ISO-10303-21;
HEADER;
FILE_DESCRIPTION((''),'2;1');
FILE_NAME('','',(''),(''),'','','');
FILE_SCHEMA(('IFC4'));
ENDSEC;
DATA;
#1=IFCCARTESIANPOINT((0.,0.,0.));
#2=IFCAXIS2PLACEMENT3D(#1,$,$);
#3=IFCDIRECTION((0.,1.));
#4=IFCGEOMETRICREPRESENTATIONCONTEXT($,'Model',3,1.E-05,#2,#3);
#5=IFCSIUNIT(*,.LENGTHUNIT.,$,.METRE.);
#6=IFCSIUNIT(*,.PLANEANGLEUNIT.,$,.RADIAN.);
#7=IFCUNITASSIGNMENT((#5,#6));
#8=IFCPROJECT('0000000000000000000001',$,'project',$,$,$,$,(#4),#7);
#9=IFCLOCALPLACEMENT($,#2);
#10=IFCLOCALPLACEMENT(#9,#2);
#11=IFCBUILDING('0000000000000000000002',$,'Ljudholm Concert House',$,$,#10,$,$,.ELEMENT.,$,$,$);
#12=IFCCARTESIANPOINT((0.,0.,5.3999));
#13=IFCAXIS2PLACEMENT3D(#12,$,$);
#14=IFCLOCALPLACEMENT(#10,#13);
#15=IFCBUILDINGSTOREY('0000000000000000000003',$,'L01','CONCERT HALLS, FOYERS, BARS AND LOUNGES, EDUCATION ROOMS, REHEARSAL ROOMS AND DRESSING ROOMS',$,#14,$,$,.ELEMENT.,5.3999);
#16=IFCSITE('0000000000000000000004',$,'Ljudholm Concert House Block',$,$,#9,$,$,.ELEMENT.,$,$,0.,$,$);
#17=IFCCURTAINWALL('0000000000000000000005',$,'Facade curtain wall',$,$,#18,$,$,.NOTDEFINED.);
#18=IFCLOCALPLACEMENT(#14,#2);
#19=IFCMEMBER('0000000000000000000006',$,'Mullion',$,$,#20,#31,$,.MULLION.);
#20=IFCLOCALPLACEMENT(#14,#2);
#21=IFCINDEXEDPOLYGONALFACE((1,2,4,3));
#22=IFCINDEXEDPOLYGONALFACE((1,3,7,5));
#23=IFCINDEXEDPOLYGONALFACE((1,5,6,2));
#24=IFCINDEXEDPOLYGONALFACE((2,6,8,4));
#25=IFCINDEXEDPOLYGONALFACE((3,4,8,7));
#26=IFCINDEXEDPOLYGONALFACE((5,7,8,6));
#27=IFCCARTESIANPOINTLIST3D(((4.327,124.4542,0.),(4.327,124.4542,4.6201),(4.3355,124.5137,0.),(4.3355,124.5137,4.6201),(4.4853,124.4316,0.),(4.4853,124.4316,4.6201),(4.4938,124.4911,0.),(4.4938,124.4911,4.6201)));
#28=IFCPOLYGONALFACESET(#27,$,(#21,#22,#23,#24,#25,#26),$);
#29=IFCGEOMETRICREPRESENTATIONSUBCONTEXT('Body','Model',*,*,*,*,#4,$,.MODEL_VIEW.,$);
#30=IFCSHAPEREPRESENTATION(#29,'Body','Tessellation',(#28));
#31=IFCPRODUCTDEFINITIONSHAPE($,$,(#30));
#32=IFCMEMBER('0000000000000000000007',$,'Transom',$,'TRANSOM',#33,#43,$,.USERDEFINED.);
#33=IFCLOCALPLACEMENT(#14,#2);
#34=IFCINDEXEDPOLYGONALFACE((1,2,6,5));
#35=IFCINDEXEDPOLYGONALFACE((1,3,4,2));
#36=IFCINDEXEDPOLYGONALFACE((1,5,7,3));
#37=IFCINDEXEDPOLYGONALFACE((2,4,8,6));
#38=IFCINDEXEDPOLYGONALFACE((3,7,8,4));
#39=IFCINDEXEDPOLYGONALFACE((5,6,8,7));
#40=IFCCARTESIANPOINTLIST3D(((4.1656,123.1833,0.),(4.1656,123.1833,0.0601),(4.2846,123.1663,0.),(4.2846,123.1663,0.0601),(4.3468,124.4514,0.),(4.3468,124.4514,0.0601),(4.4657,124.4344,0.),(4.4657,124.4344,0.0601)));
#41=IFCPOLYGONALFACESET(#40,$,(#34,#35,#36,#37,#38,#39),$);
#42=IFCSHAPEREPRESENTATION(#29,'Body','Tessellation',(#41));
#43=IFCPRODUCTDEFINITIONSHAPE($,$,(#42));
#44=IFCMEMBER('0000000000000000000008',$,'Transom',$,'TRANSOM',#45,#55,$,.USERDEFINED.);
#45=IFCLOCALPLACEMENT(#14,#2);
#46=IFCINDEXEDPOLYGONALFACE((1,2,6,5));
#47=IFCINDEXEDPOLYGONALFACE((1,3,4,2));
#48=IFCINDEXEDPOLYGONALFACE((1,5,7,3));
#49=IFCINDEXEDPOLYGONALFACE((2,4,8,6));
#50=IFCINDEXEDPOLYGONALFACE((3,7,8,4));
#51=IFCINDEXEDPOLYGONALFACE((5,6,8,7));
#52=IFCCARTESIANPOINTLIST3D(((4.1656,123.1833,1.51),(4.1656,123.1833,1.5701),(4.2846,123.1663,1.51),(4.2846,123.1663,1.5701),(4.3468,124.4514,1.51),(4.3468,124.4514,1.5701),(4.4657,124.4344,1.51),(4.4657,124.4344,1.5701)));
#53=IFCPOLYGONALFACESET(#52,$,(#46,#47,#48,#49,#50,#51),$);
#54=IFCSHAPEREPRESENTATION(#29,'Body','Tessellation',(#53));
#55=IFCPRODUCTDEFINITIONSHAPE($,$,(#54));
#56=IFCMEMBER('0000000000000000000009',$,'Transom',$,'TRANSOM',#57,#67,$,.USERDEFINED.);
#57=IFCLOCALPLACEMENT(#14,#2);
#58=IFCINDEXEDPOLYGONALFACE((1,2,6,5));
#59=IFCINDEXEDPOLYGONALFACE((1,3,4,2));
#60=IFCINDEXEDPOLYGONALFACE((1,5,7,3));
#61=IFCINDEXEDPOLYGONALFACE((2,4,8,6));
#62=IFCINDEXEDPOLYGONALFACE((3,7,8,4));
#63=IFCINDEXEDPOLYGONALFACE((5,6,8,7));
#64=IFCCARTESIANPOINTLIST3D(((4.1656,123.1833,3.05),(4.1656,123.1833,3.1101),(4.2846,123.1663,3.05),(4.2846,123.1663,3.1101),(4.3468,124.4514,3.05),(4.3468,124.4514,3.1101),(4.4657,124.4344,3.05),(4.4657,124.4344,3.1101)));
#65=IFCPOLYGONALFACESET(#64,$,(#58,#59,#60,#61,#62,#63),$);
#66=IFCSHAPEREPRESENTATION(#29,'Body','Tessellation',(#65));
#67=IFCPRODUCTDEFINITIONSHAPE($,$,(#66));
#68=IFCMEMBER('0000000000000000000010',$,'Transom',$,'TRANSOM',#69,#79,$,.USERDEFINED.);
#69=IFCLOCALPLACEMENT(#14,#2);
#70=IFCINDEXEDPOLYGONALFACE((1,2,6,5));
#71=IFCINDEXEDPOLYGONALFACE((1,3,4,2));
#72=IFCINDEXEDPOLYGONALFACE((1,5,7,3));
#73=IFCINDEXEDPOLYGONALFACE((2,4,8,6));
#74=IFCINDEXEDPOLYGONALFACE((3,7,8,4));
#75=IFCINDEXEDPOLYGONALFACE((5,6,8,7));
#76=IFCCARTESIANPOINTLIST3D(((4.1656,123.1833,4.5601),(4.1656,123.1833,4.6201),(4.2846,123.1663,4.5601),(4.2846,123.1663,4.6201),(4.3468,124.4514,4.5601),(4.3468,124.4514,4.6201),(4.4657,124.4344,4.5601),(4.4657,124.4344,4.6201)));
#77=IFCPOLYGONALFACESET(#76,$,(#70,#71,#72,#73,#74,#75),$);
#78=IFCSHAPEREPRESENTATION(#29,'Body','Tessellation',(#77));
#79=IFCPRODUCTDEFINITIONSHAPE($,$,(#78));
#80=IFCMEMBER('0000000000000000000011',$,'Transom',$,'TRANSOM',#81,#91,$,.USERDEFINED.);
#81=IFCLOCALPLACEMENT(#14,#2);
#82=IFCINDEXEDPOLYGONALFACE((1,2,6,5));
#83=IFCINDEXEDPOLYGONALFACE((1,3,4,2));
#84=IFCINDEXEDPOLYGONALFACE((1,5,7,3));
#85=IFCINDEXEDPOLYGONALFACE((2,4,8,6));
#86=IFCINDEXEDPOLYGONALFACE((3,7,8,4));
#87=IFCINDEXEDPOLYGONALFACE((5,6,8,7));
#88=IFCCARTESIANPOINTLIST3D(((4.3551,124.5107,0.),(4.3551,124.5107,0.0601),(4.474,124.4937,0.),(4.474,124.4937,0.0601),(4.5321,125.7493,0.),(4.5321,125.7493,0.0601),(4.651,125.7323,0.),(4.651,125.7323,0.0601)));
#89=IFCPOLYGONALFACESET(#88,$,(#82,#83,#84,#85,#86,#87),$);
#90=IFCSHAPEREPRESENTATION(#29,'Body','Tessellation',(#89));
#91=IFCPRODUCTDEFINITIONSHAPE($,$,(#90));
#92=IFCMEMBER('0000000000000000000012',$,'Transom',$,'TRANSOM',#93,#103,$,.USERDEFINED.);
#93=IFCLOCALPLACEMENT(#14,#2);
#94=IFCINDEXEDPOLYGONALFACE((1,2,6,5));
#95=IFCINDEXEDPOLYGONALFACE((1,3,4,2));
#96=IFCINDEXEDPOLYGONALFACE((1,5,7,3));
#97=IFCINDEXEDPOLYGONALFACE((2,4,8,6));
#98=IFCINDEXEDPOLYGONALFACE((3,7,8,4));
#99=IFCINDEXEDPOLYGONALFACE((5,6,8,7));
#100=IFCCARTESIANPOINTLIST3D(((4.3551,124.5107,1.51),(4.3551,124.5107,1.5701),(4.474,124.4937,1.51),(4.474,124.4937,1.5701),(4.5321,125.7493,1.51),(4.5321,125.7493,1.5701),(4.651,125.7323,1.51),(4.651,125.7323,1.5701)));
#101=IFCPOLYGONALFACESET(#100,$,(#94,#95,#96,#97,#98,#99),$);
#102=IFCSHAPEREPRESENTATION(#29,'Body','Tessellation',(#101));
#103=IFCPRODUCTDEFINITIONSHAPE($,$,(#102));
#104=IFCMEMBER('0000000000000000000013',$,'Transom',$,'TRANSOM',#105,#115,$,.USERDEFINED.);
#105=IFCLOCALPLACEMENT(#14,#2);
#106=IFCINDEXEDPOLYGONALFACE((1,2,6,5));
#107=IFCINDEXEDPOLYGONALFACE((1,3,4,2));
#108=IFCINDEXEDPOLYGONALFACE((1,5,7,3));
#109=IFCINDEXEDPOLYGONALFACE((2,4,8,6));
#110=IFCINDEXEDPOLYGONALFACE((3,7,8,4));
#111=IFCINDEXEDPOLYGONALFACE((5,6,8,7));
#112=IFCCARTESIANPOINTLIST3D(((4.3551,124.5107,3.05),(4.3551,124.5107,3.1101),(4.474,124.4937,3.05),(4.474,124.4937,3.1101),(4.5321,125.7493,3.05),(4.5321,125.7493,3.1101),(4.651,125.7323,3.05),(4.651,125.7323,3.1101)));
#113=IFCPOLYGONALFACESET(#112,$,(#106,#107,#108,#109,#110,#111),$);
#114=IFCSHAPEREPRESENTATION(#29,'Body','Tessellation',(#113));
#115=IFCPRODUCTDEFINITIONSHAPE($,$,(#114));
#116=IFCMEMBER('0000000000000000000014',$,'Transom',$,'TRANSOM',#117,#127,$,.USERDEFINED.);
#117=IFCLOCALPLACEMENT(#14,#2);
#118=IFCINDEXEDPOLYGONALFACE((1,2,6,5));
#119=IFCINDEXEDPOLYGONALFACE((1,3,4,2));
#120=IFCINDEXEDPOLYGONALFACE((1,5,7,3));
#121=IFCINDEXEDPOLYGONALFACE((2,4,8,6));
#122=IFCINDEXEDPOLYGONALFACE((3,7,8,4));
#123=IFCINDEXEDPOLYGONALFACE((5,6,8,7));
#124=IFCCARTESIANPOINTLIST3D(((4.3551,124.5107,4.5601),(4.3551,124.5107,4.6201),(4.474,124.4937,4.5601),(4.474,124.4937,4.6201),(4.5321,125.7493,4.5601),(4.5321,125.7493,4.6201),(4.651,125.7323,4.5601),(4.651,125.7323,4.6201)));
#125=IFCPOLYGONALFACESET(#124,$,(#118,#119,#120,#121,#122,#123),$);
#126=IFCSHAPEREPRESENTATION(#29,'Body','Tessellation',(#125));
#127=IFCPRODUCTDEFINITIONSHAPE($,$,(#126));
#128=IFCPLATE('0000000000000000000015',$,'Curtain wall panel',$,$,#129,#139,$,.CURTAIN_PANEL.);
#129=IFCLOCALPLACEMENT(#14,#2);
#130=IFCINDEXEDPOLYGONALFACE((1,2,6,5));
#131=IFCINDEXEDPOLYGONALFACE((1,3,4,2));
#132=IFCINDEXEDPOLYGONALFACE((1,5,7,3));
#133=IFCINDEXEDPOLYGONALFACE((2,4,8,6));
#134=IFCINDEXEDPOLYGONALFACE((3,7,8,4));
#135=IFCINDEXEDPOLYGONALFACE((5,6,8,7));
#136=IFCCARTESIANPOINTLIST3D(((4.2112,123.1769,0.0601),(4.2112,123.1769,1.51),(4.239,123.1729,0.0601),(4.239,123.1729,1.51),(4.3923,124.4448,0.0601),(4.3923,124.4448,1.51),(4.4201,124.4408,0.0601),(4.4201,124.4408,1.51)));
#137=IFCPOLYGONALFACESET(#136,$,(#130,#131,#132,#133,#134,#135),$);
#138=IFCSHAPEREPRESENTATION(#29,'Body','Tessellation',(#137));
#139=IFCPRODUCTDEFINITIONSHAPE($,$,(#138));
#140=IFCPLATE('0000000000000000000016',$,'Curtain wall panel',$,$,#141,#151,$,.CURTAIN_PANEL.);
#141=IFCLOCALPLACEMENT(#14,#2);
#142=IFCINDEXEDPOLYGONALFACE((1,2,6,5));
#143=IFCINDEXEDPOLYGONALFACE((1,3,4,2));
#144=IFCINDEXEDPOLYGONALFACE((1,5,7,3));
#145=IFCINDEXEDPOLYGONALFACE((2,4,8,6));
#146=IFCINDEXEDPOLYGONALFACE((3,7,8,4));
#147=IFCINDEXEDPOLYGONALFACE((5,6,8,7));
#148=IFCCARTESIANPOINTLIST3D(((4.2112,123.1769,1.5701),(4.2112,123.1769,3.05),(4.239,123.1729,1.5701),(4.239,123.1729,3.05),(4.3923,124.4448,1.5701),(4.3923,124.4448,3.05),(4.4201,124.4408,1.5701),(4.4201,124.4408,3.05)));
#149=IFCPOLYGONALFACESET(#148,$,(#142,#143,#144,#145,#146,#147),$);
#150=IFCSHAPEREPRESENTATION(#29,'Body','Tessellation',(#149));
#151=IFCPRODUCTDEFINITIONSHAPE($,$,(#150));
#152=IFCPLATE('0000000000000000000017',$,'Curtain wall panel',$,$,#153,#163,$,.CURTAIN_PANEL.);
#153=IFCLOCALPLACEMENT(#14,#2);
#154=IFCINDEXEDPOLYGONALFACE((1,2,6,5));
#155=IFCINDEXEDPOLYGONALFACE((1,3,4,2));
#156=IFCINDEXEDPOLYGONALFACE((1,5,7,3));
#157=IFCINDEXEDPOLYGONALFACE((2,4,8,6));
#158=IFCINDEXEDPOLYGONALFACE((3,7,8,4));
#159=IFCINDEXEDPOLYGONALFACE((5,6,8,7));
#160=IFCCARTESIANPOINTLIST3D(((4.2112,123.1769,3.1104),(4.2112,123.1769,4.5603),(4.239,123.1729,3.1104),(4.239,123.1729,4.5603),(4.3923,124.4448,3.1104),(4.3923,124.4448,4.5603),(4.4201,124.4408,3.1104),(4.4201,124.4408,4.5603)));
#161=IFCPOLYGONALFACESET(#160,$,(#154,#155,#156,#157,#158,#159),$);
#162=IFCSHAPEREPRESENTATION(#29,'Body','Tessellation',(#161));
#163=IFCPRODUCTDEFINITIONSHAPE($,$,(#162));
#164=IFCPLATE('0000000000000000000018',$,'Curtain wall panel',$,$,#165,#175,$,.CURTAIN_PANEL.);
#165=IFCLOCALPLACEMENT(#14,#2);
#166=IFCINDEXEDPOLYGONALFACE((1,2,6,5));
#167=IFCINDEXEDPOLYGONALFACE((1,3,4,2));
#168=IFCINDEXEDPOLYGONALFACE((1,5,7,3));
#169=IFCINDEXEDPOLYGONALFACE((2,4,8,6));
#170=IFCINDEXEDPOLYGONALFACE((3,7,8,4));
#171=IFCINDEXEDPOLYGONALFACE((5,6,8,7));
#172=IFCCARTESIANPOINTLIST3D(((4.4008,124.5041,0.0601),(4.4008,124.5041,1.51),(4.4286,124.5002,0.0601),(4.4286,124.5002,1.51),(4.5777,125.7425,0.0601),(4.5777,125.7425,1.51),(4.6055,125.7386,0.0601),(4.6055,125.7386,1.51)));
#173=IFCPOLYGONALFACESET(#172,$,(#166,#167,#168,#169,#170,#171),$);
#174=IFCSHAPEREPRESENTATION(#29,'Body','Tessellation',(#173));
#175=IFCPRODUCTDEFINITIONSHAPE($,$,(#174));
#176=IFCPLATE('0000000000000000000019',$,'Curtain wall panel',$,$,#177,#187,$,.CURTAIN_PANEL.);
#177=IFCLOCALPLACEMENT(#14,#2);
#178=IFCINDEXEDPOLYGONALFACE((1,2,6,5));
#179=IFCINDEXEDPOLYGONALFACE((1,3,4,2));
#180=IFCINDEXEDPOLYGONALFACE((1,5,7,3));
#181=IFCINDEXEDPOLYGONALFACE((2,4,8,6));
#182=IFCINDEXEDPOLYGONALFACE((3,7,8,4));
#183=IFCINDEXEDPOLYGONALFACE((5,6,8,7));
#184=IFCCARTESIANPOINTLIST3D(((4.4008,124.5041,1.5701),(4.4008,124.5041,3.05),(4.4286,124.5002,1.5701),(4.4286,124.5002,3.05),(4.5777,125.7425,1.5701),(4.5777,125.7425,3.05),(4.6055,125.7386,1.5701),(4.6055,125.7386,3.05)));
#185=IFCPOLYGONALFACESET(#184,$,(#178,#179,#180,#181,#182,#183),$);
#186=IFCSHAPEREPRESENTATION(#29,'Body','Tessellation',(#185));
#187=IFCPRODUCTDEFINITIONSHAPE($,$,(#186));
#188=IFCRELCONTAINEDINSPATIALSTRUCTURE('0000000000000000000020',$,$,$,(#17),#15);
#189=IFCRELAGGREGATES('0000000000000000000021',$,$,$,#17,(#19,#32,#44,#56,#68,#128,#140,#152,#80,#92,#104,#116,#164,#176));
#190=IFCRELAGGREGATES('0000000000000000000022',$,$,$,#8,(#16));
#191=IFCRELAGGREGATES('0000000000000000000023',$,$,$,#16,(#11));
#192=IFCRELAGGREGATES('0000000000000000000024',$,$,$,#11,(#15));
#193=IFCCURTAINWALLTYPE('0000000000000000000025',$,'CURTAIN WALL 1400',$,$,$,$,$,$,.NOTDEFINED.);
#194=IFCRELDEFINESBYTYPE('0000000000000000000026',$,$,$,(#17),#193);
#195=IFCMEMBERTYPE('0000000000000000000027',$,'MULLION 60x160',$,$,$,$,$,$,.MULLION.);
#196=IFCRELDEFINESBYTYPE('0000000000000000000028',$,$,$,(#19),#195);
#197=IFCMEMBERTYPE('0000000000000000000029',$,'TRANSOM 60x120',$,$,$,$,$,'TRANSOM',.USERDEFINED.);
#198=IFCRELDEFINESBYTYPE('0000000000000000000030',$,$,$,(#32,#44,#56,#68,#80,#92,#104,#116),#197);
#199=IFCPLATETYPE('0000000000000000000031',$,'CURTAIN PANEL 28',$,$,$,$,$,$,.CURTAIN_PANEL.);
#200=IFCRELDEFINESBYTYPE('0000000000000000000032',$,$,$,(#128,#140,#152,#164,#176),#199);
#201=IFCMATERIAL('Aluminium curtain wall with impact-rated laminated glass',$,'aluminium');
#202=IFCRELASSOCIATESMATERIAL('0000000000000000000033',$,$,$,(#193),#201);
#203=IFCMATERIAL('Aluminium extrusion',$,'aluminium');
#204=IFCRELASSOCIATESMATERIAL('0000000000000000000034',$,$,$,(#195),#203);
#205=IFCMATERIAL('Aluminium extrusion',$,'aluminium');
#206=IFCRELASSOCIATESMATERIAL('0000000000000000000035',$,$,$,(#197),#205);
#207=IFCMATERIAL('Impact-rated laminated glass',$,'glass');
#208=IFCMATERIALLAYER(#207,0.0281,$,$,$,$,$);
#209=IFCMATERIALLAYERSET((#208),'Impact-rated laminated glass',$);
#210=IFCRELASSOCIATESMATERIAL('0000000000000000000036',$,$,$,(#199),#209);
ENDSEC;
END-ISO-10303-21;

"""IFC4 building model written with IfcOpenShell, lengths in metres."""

from ifc_helpers import new_model, si_unit, direction, frame, origin, origin_2d, place, context, subcontext, project, spatial, rectangle, extrude, material, layer, layer_set, material_profile, profile_set, type_object, element, aggregate, save


model = new_model("IFC4")

# Units and contexts
model_context = context("Model", 3, precision=1e-05, world=origin(), true_north=direction((0.0, 1.0)))
body_context = subcontext(model_context, "Body", "Model", "MODEL_VIEW")
ifc_project = project(units=[si_unit("LENGTHUNIT", "METRE"), si_unit("PLANEANGLEUNIT", "RADIAN")], contexts=[model_context])

# Site, building, storey
site_placement = place(None, origin())
site = spatial("IfcSite", under=ifc_project, at=site_placement, Name="Ljudholm Concert House Block", CompositionType="ELEMENT", RefElevation=0.0)
building_placement = place(site_placement, origin())
building = spatial("IfcBuilding", under=site, at=building_placement, Name="Ljudholm Concert House", CompositionType="ELEMENT")
storey_placement = place(building_placement, frame((0.0, 0.0, 5.3999)))
storey = spatial("IfcBuildingStorey", under=building, at=storey_placement, Name="L01", Description="CONCERT HALLS, FOYERS, BARS AND LOUNGES, EDUCATION ROOMS, REHEARSAL ROOMS AND DRESSING ROOMS", CompositionType="ELEMENT", Elevation=5.3999)

# Curtain wall, members, plates
ifc_material_1 = material(Name="Aluminium curtain wall with impact-rated laminated glass", Category="aluminium")
curtain_wall_type = type_object("IfcCurtainWallType", Name="CURTAIN WALL 1400", PredefinedType="NOTDEFINED", material=ifc_material_1)
curtain_wall_1_placement = place(storey_placement, origin())
curtain_wall_1 = element("IfcCurtainWall", 1, at=curtain_wall_1_placement, inside=storey, type_object=curtain_wall_type, Name="Facade curtain wall", PredefinedType="NOTDEFINED")
ifc_material_2 = material(Name="Aluminium extrusion", Category="aluminium")
ifc_material_profile_1 = material_profile(ifc_material_2, rectangle(XDim=0.1599, YDim=0.0601, at=origin_2d()), Name="MULLION 60x160")
ifc_profile_set_1 = profile_set([ifc_material_profile_1], Name="Aluminium extrusion")
member_type_1 = type_object("IfcMemberType", Name="MULLION 60x160", PredefinedType="MULLION", material=ifc_profile_set_1)
member_1_placement = place(storey_placement, frame((4.4104, 124.4727, 0.0), z_axis=(0.0, 0.0, 1.0), x_axis=(-0.989949, 0.141421, 0.0)))
member_1 = element("IfcMember", 2, at=member_1_placement, type_object=member_type_1, Name="Mullion", PredefinedType="MULLION", context=body_context, shape_type="SweptSolid", body=[
    extrude(rectangle(XDim=0.1599, YDim=0.0601, at=origin_2d()), origin(), (0.0, 0.0, 1.0), 4.6201),
])
ifc_material_3 = material(Name="Aluminium extrusion", Category="aluminium")
ifc_material_profile_2 = material_profile(ifc_material_3, rectangle(XDim=0.1201, YDim=0.0601, at=origin_2d()), Name="TRANSOM 60x120")
ifc_profile_set_2 = profile_set([ifc_material_profile_2], Name="Aluminium extrusion")
member_type_2 = type_object("IfcMemberType", Name="TRANSOM 60x120", ElementType="TRANSOM", PredefinedType="USERDEFINED", material=ifc_profile_set_2)
member_2_placement = place(storey_placement, frame((4.2251, 123.1748, 0.03), z_axis=(0.141421, 0.989949, 0.0), x_axis=(-0.989949, 0.141421, 0.0)))
member_2 = element("IfcMember", 3, at=member_2_placement, type_object=member_type_2, Name="Transom", ObjectType="TRANSOM", PredefinedType="USERDEFINED", context=body_context, shape_type="SweptSolid", body=[
    extrude(rectangle(XDim=0.1201, YDim=0.0601, at=origin_2d()), origin(), (0.0, 0.0, 1.0), 1.281),
])
member_3_placement = place(storey_placement, frame((4.2251, 123.1748, 1.54), z_axis=(0.141421, 0.989949, 0.0), x_axis=(-0.989949, 0.141421, 0.0)))
member_3 = element("IfcMember", 4, at=member_3_placement, type_object=member_type_2, Name="Transom", ObjectType="TRANSOM", PredefinedType="USERDEFINED", context=body_context, shape_type="SweptSolid", body=[
    extrude(rectangle(XDim=0.1201, YDim=0.0601, at=origin_2d()), origin(), (0.0, 0.0, 1.0), 1.281),
])
member_4_placement = place(storey_placement, frame((4.2251, 123.1748, 3.0801), z_axis=(0.141421, 0.989949, 0.0), x_axis=(-0.989949, 0.141421, 0.0)))
member_4 = element("IfcMember", 5, at=member_4_placement, type_object=member_type_2, Name="Transom", ObjectType="TRANSOM", PredefinedType="USERDEFINED", context=body_context, shape_type="SweptSolid", body=[
    extrude(rectangle(XDim=0.1201, YDim=0.0601, at=origin_2d()), origin(), (0.0, 0.0, 1.0), 1.281),
])
member_5_placement = place(storey_placement, frame((4.2251, 123.1748, 4.5901), z_axis=(0.141421, 0.989949, 0.0), x_axis=(-0.989949, 0.141421, 0.0)))
member_5 = element("IfcMember", 6, at=member_5_placement, type_object=member_type_2, Name="Transom", ObjectType="TRANSOM", PredefinedType="USERDEFINED", context=body_context, shape_type="SweptSolid", body=[
    extrude(rectangle(XDim=0.1201, YDim=0.0601, at=origin_2d()), origin(), (0.0, 0.0, 1.0), 1.281),
])
member_6_placement = place(storey_placement, frame((4.4146, 124.5022, 0.03), z_axis=(0.141476, 0.989942, 0.0), x_axis=(-0.989942, 0.141476, 0.0)))
member_6 = element("IfcMember", 7, at=member_6_placement, type_object=member_type_2, Name="Transom", ObjectType="TRANSOM", PredefinedType="USERDEFINED", context=body_context, shape_type="SweptSolid", body=[
    extrude(rectangle(XDim=0.1201, YDim=0.0601, at=origin_2d()), origin(), (0.0, 0.0, 1.0), 1.2512),
])
member_7_placement = place(storey_placement, frame((4.4146, 124.5022, 1.54), z_axis=(0.141476, 0.989942, 0.0), x_axis=(-0.989942, 0.141476, 0.0)))
member_7 = element("IfcMember", 8, at=member_7_placement, type_object=member_type_2, Name="Transom", ObjectType="TRANSOM", PredefinedType="USERDEFINED", context=body_context, shape_type="SweptSolid", body=[
    extrude(rectangle(XDim=0.1201, YDim=0.0601, at=origin_2d()), origin(), (0.0, 0.0, 1.0), 1.2512),
])
member_8_placement = place(storey_placement, frame((4.4146, 124.5022, 3.0801), z_axis=(0.141476, 0.989942, 0.0), x_axis=(-0.989942, 0.141476, 0.0)))
member_8 = element("IfcMember", 9, at=member_8_placement, type_object=member_type_2, Name="Transom", ObjectType="TRANSOM", PredefinedType="USERDEFINED", context=body_context, shape_type="SweptSolid", body=[
    extrude(rectangle(XDim=0.1201, YDim=0.0601, at=origin_2d()), origin(), (0.0, 0.0, 1.0), 1.2512),
])
member_9_placement = place(storey_placement, frame((4.4146, 124.5022, 4.5901), z_axis=(0.141476, 0.989942, 0.0), x_axis=(-0.989942, 0.141476, 0.0)))
member_9 = element("IfcMember", 10, at=member_9_placement, type_object=member_type_2, Name="Transom", ObjectType="TRANSOM", PredefinedType="USERDEFINED", context=body_context, shape_type="SweptSolid", body=[
    extrude(rectangle(XDim=0.1201, YDim=0.0601, at=origin_2d()), origin(), (0.0, 0.0, 1.0), 1.2512),
])
ifc_material_4 = material(Name="Impact-rated laminated glass", Category="glass")
ifc_layer = layer(ifc_material_4, 0.0281)
ifc_layer_set = layer_set([ifc_layer], Name="Impact-rated laminated glass")
plate_type = type_object("IfcPlateType", Name="CURTAIN PANEL 28", PredefinedType="CURTAIN_PANEL", material=ifc_layer_set)
plate_1_placement = place(storey_placement, frame((4.3157, 123.8088, 0.0601), z_axis=(0.0, 0.0, 1.0), x_axis=(0.141421, 0.989949, 0.0)))
plate_1 = element("IfcPlate", 11, at=plate_1_placement, type_object=plate_type, Name="Curtain wall panel", PredefinedType="CURTAIN_PANEL", context=body_context, shape_type="SweptSolid", body=[
    extrude(rectangle(XDim=1.2808, YDim=0.0281, at=origin_2d()), origin(), (0.0, 0.0, 1.0), 1.45),
])
plate_2_placement = place(storey_placement, frame((4.3157, 123.8088, 1.5701), z_axis=(0.0, 0.0, 1.0), x_axis=(0.141421, 0.989949, 0.0)))
plate_2 = element("IfcPlate", 12, at=plate_2_placement, type_object=plate_type, Name="Curtain wall panel", PredefinedType="CURTAIN_PANEL", context=body_context, shape_type="SweptSolid", body=[
    extrude(rectangle(XDim=1.2808, YDim=0.0281, at=origin_2d()), origin(), (0.0, 0.0, 1.0), 1.48),
])
plate_3_placement = place(storey_placement, frame((4.3157, 123.8088, 3.1104), z_axis=(0.0, 0.0, 1.0), x_axis=(0.141421, 0.989949, 0.0)))
plate_3 = element("IfcPlate", 13, at=plate_3_placement, type_object=plate_type, Name="Curtain wall panel", PredefinedType="CURTAIN_PANEL", context=body_context, shape_type="SweptSolid", body=[
    extrude(rectangle(XDim=1.2808, YDim=0.0281, at=origin_2d()), origin(), (0.0, 0.0, 1.0), 1.45),
])
plate_4_placement = place(storey_placement, frame((4.5032, 125.1213, 0.0601), z_axis=(0.0, 0.0, 1.0), x_axis=(0.141421, 0.989949, 0.0)))
plate_4 = element("IfcPlate", 14, at=plate_4_placement, type_object=plate_type, Name="Curtain wall panel", PredefinedType="CURTAIN_PANEL", context=body_context, shape_type="SweptSolid", body=[
    extrude(rectangle(XDim=1.251, YDim=0.0281, at=origin_2d()), origin(), (0.0, 0.0, 1.0), 1.45),
])
plate_5_placement = place(storey_placement, frame((4.5032, 125.1213, 1.5701), z_axis=(0.0, 0.0, 1.0), x_axis=(0.141421, 0.989949, 0.0)))
plate_5 = element("IfcPlate", 15, at=plate_5_placement, type_object=plate_type, Name="Curtain wall panel", PredefinedType="CURTAIN_PANEL", context=body_context, shape_type="SweptSolid", body=[
    extrude(rectangle(XDim=1.251, YDim=0.0281, at=origin_2d()), origin(), (0.0, 0.0, 1.0), 1.48),
])
aggregate(curtain_wall_1, [member_1, member_2, member_3, member_4, member_5, plate_1, plate_2, plate_3, member_6, member_7, member_8, member_9, plate_4, plate_5])

save(model, "model.ifc")
